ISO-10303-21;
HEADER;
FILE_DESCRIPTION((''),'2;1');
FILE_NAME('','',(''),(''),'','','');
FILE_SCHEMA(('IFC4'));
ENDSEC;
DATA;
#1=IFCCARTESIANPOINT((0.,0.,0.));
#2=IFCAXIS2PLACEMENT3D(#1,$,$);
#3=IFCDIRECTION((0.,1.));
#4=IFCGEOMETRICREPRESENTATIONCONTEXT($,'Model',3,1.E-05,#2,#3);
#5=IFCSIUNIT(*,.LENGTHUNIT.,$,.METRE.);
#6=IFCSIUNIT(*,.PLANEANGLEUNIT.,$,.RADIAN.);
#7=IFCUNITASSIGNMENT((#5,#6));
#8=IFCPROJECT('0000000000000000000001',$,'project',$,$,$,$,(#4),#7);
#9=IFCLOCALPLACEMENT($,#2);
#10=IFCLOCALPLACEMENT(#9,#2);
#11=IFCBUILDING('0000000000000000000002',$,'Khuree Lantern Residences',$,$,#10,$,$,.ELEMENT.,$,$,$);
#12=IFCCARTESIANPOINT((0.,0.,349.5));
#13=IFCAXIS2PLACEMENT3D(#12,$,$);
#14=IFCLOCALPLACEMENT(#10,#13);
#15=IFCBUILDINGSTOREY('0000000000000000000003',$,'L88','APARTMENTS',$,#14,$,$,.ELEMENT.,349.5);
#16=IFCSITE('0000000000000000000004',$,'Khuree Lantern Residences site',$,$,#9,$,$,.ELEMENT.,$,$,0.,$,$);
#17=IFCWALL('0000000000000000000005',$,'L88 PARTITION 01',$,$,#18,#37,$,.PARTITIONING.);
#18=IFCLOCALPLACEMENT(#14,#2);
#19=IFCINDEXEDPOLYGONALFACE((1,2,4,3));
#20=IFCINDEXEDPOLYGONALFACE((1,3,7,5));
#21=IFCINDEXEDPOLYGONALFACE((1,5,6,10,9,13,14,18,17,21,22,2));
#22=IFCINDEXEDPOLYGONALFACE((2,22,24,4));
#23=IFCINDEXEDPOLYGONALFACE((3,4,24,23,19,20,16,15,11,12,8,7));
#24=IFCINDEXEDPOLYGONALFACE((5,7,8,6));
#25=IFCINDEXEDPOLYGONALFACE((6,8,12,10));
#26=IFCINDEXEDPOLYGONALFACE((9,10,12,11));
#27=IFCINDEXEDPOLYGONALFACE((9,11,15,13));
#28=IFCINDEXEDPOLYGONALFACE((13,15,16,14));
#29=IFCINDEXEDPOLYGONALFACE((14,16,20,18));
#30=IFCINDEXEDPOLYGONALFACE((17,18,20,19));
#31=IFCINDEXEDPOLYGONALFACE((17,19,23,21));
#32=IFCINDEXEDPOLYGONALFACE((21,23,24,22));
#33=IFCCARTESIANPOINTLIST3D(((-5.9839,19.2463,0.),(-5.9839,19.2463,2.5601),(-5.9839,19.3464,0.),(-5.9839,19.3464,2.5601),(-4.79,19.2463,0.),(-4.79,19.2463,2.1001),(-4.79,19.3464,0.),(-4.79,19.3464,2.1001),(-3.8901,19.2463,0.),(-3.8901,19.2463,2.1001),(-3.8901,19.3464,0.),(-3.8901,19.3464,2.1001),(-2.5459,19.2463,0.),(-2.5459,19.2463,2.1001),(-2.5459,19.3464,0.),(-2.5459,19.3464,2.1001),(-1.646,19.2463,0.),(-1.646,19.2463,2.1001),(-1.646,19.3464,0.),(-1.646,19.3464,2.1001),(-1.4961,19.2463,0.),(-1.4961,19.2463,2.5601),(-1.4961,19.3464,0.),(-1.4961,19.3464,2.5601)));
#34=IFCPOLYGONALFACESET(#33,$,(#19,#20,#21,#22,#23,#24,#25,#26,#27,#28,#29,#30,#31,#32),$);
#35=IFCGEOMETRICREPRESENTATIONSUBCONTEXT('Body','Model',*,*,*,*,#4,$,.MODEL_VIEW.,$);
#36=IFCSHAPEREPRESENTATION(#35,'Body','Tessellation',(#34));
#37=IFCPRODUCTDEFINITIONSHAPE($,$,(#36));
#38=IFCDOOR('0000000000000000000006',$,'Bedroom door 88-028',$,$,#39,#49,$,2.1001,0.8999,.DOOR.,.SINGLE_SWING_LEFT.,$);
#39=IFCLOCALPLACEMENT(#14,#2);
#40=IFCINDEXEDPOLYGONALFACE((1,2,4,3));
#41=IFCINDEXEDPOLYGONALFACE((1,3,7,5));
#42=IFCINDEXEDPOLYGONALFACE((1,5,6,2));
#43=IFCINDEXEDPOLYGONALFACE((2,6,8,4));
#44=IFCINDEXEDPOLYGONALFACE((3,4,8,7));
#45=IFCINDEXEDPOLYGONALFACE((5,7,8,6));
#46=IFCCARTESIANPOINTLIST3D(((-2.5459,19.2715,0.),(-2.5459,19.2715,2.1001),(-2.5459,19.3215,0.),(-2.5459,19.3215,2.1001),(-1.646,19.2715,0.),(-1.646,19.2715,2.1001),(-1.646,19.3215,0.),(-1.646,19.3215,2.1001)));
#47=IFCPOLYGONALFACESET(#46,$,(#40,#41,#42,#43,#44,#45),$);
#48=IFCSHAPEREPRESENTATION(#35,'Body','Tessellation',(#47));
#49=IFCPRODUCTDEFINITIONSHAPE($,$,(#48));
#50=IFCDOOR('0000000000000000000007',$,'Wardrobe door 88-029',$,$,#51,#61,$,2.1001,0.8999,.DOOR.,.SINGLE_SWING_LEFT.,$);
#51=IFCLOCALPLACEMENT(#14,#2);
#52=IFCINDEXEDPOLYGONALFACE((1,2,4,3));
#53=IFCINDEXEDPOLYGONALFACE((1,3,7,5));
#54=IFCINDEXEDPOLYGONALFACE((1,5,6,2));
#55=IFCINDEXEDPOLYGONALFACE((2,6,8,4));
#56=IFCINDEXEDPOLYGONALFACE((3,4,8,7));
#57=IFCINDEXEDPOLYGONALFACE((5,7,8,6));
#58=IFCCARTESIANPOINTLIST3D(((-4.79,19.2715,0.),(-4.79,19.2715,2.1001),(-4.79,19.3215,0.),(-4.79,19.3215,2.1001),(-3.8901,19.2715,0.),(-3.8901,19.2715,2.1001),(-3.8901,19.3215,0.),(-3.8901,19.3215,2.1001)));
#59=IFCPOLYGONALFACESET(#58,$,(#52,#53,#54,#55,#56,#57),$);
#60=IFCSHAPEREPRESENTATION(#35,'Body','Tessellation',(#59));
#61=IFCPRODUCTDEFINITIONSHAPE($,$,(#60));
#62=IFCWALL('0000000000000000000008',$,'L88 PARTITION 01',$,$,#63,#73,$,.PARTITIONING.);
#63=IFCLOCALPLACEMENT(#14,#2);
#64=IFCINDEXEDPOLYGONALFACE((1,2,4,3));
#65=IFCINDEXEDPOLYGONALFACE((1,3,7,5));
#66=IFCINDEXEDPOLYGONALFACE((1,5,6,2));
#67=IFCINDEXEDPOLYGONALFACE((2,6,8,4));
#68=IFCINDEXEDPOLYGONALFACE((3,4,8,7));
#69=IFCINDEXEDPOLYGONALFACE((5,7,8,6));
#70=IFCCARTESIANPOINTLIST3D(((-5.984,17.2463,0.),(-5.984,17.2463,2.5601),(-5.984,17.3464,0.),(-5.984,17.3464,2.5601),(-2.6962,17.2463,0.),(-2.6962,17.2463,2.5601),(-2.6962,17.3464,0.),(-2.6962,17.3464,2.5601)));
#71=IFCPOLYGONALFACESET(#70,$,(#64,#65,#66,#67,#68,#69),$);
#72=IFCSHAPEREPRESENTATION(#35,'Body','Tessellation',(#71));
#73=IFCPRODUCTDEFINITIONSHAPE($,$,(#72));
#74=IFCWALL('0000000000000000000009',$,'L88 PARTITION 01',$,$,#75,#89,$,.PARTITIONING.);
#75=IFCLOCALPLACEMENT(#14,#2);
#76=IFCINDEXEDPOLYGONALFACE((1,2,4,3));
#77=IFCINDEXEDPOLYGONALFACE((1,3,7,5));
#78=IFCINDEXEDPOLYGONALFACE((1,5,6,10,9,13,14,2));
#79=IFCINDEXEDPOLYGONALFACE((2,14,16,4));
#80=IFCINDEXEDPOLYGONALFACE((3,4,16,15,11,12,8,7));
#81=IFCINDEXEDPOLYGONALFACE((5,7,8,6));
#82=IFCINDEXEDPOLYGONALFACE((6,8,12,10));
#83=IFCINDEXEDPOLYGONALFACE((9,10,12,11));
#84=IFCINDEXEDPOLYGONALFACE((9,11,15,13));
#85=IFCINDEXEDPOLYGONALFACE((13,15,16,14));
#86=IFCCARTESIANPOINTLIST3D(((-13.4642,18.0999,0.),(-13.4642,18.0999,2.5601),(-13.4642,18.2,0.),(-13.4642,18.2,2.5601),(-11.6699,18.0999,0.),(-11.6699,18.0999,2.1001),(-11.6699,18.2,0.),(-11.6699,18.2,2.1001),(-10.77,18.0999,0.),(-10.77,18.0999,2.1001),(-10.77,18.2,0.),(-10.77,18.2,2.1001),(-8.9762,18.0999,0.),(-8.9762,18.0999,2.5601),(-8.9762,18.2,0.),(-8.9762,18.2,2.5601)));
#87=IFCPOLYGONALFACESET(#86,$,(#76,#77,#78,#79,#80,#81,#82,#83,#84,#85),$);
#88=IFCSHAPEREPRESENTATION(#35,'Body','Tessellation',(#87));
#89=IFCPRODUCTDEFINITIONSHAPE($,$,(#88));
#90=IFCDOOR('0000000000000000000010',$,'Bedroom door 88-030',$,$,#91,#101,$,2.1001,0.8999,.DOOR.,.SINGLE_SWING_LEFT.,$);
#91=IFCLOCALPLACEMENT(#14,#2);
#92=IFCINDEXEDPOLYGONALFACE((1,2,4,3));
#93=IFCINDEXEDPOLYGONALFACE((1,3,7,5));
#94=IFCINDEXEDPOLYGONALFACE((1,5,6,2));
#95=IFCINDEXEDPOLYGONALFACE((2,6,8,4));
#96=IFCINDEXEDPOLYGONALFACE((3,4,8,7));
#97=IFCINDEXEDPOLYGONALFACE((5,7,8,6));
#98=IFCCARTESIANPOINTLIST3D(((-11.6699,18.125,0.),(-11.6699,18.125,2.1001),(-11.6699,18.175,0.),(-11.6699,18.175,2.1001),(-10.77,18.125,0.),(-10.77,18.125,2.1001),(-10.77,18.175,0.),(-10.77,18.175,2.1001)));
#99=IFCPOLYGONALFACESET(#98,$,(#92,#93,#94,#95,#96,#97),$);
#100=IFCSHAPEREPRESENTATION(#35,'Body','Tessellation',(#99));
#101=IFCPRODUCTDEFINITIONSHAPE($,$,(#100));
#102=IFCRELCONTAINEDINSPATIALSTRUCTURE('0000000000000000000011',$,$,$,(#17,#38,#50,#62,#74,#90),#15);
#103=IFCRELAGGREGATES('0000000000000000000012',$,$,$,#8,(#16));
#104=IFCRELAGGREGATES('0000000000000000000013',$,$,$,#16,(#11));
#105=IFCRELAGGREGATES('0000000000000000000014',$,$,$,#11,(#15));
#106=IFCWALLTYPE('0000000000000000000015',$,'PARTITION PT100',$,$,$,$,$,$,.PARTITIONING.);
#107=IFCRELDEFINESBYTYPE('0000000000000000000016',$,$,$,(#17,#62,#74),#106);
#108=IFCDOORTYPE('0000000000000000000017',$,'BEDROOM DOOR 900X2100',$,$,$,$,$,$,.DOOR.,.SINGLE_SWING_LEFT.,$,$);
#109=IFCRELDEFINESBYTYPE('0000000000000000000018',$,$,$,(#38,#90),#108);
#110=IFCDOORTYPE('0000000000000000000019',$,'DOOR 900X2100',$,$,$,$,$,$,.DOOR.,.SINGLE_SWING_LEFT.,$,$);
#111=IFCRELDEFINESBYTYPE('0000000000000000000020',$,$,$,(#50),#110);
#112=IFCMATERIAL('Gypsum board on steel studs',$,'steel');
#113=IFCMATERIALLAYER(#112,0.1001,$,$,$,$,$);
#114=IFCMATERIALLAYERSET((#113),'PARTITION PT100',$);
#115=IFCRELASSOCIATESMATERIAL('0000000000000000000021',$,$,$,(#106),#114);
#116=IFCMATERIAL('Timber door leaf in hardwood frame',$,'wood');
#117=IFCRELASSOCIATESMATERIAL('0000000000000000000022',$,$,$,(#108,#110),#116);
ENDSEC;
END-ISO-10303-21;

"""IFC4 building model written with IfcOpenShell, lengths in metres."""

from ifc_helpers import new_model, si_unit, direction, frame, frame_2d, origin, place, context, subcontext, project, spatial, rectangle, extrude, material, layer, layer_set, type_object, element, fill, save


model = new_model("IFC4")

# Units and contexts
model_context = context("Model", 3, precision=1e-05, world=origin(), true_north=direction((0.0, 1.0)))
body_context = subcontext(model_context, "Body", "Model", "MODEL_VIEW")
ifc_project = project(units=[si_unit("LENGTHUNIT", "METRE"), si_unit("PLANEANGLEUNIT", "RADIAN")], contexts=[model_context])

# Site, building, storey
site_placement = place(None, origin())
site = spatial("IfcSite", under=ifc_project, at=site_placement, Name="Khuree Lantern Residences site", CompositionType="ELEMENT", RefElevation=0.0)
building_placement = place(site_placement, origin())
building = spatial("IfcBuilding", under=site, at=building_placement, Name="Khuree Lantern Residences", CompositionType="ELEMENT")
storey_placement = place(building_placement, frame((0.0, 0.0, 349.5)))
storey = spatial("IfcBuildingStorey", under=building, at=storey_placement, Name="L88", Description="APARTMENTS", CompositionType="ELEMENT", Elevation=349.5)

# Shared definitions
ifc_material_1 = material(Name="Gypsum board on steel studs", Category="steel")
ifc_layer_1 = layer(ifc_material_1, 0.1001)
ifc_layer_set_1 = layer_set([ifc_layer_1], Name="PARTITION PT100")
wall_type = type_object("IfcWallType", Name="PARTITION PT100", PredefinedType="PARTITIONING", material=ifc_layer_set_1)

# Wall, openings, doors
wall_1_placement = place(storey_placement, frame((-1.4961, 19.2964, 0.0), z_axis=(0.0, 0.0, 1.0), x_axis=(-1.0, 0.0, 0.0)))
wall_1 = element("IfcWall", 1, at=wall_1_placement, inside=storey, type_object=wall_type, Name="L88 PARTITION 01", PredefinedType="PARTITIONING", context=body_context, shape_type="SweptSolid", body=[
    extrude(rectangle(XDim=4.4878, YDim=0.1001, at=frame_2d((2.2439, 0.0))), origin(), (0.0, 0.0, 1.0), 2.5601),
])
opening_1_placement = place(wall_1_placement, frame((0.1499, 0.0, 0.0)))
opening_1 = element("IfcOpeningElement", 2, at=opening_1_placement, cuts=wall_1, PredefinedType="OPENING", context=body_context, shape_type="SweptSolid", body=[
    extrude(rectangle(XDim=0.8999, YDim=2.1001, at=frame_2d((0.45, 1.05))), frame((0.0, 0.0601, 0.0), z_axis=(0.0, -1.0, 0.0), x_axis=(1.0, 0.0, 0.0)), (0.0, 0.0, 1.0), 0.1201),
])
opening_2_placement = place(wall_1_placement, frame((2.394, 0.0, 0.0)))
opening_2 = element("IfcOpeningElement", 3, at=opening_2_placement, cuts=wall_1, PredefinedType="OPENING", context=body_context, shape_type="SweptSolid", body=[
    extrude(rectangle(XDim=0.8999, YDim=2.1001, at=frame_2d((0.45, 1.05))), frame((0.0, 0.0601, 0.0), z_axis=(0.0, -1.0, 0.0), x_axis=(1.0, 0.0, 0.0)), (0.0, 0.0, 1.0), 0.1201),
])
ifc_material_2 = material(Name="Timber door leaf in hardwood frame", Category="wood")
door_type_1 = type_object("IfcDoorType", Name="BEDROOM DOOR 900X2100", OperationType="SINGLE_SWING_LEFT", PredefinedType="DOOR", material=ifc_material_2)
door_1_placement = place(opening_1_placement, origin())
door_1 = element("IfcDoor", 4, at=door_1_placement, inside=storey, type_object=door_type_1, Name="Bedroom door 88-028", OperationType="SINGLE_SWING_LEFT", OverallHeight=2.1001, OverallWidth=0.8999, PredefinedType="DOOR", context=body_context, shape_type="SweptSolid", body=[
    extrude(rectangle(XDim=0.8999, YDim=2.1001, at=frame_2d((0.45, 1.05))), frame((0.0, 0.0249, 0.0), z_axis=(0.0, -1.0, 0.0), x_axis=(1.0, 0.0, 0.0)), (0.0, 0.0, 1.0), 0.05),
])
fill(opening_1, door_1)
door_type_2 = type_object("IfcDoorType", Name="DOOR 900X2100", OperationType="SINGLE_SWING_LEFT", PredefinedType="DOOR", material=ifc_material_2)
door_2_placement = place(opening_2_placement, origin())
door_2 = element("IfcDoor", 5, at=door_2_placement, inside=storey, type_object=door_type_2, Name="Wardrobe door 88-029", OperationType="SINGLE_SWING_LEFT", OverallHeight=2.1001, OverallWidth=0.8999, PredefinedType="DOOR", context=body_context, shape_type="SweptSolid", body=[
    extrude(rectangle(XDim=0.8999, YDim=2.1001, at=frame_2d((0.45, 1.05))), frame((0.0, 0.0249, 0.0), z_axis=(0.0, -1.0, 0.0), x_axis=(1.0, 0.0, 0.0)), (0.0, 0.0, 1.0), 0.05),
])
fill(opening_2, door_2)

# Wall
wall_2_placement = place(storey_placement, frame((-2.696, 17.2964, 0.0), z_axis=(0.0, 0.0, 1.0), x_axis=(-1.0, 0.0, 0.0)))
element("IfcWall", 6, at=wall_2_placement, inside=storey, type_object=wall_type, Name="L88 PARTITION 01", PredefinedType="PARTITIONING", context=body_context, shape_type="SweptSolid", body=[
    extrude(rectangle(XDim=3.2878, YDim=0.1001, at=frame_2d((1.644, 0.0))), origin(), (0.0, 0.0, 1.0), 2.5601),
])

# Wall, opening, door
wall_3_placement = place(storey_placement, frame((-8.9761, 18.1499, 0.0), z_axis=(0.0, 0.0, 1.0), x_axis=(-1.0, 0.0, 0.0)))
wall_3 = element("IfcWall", 7, at=wall_3_placement, inside=storey, type_object=wall_type, Name="L88 PARTITION 01", PredefinedType="PARTITIONING", context=body_context, shape_type="SweptSolid", body=[
    extrude(rectangle(XDim=4.488, YDim=0.1001, at=frame_2d((2.2441, 0.0))), origin(), (0.0, 0.0, 1.0), 2.5601),
])
opening_3_placement = place(wall_3_placement, frame((1.7939, 0.0, 0.0)))
opening_3 = element("IfcOpeningElement", 8, at=opening_3_placement, cuts=wall_3, PredefinedType="OPENING", context=body_context, shape_type="SweptSolid", body=[
    extrude(rectangle(XDim=0.8999, YDim=2.1001, at=frame_2d((0.45, 1.05))), frame((0.0, 0.0601, 0.0), z_axis=(0.0, -1.0, 0.0), x_axis=(1.0, 0.0, 0.0)), (0.0, 0.0, 1.0), 0.1201),
])
door_3_placement = place(opening_3_placement, origin())
door_3 = element("IfcDoor", 9, at=door_3_placement, inside=storey, type_object=door_type_1, Name="Bedroom door 88-030", OperationType="SINGLE_SWING_LEFT", OverallHeight=2.1001, OverallWidth=0.8999, PredefinedType="DOOR", context=body_context, shape_type="SweptSolid", body=[
    extrude(rectangle(XDim=0.8999, YDim=2.1001, at=frame_2d((0.45, 1.05))), frame((0.0, 0.0249, 0.0), z_axis=(0.0, -1.0, 0.0), x_axis=(1.0, 0.0, 0.0)), (0.0, 0.0, 1.0), 0.05),
])
fill(opening_3, door_3)

save(model, "model.ifc")
